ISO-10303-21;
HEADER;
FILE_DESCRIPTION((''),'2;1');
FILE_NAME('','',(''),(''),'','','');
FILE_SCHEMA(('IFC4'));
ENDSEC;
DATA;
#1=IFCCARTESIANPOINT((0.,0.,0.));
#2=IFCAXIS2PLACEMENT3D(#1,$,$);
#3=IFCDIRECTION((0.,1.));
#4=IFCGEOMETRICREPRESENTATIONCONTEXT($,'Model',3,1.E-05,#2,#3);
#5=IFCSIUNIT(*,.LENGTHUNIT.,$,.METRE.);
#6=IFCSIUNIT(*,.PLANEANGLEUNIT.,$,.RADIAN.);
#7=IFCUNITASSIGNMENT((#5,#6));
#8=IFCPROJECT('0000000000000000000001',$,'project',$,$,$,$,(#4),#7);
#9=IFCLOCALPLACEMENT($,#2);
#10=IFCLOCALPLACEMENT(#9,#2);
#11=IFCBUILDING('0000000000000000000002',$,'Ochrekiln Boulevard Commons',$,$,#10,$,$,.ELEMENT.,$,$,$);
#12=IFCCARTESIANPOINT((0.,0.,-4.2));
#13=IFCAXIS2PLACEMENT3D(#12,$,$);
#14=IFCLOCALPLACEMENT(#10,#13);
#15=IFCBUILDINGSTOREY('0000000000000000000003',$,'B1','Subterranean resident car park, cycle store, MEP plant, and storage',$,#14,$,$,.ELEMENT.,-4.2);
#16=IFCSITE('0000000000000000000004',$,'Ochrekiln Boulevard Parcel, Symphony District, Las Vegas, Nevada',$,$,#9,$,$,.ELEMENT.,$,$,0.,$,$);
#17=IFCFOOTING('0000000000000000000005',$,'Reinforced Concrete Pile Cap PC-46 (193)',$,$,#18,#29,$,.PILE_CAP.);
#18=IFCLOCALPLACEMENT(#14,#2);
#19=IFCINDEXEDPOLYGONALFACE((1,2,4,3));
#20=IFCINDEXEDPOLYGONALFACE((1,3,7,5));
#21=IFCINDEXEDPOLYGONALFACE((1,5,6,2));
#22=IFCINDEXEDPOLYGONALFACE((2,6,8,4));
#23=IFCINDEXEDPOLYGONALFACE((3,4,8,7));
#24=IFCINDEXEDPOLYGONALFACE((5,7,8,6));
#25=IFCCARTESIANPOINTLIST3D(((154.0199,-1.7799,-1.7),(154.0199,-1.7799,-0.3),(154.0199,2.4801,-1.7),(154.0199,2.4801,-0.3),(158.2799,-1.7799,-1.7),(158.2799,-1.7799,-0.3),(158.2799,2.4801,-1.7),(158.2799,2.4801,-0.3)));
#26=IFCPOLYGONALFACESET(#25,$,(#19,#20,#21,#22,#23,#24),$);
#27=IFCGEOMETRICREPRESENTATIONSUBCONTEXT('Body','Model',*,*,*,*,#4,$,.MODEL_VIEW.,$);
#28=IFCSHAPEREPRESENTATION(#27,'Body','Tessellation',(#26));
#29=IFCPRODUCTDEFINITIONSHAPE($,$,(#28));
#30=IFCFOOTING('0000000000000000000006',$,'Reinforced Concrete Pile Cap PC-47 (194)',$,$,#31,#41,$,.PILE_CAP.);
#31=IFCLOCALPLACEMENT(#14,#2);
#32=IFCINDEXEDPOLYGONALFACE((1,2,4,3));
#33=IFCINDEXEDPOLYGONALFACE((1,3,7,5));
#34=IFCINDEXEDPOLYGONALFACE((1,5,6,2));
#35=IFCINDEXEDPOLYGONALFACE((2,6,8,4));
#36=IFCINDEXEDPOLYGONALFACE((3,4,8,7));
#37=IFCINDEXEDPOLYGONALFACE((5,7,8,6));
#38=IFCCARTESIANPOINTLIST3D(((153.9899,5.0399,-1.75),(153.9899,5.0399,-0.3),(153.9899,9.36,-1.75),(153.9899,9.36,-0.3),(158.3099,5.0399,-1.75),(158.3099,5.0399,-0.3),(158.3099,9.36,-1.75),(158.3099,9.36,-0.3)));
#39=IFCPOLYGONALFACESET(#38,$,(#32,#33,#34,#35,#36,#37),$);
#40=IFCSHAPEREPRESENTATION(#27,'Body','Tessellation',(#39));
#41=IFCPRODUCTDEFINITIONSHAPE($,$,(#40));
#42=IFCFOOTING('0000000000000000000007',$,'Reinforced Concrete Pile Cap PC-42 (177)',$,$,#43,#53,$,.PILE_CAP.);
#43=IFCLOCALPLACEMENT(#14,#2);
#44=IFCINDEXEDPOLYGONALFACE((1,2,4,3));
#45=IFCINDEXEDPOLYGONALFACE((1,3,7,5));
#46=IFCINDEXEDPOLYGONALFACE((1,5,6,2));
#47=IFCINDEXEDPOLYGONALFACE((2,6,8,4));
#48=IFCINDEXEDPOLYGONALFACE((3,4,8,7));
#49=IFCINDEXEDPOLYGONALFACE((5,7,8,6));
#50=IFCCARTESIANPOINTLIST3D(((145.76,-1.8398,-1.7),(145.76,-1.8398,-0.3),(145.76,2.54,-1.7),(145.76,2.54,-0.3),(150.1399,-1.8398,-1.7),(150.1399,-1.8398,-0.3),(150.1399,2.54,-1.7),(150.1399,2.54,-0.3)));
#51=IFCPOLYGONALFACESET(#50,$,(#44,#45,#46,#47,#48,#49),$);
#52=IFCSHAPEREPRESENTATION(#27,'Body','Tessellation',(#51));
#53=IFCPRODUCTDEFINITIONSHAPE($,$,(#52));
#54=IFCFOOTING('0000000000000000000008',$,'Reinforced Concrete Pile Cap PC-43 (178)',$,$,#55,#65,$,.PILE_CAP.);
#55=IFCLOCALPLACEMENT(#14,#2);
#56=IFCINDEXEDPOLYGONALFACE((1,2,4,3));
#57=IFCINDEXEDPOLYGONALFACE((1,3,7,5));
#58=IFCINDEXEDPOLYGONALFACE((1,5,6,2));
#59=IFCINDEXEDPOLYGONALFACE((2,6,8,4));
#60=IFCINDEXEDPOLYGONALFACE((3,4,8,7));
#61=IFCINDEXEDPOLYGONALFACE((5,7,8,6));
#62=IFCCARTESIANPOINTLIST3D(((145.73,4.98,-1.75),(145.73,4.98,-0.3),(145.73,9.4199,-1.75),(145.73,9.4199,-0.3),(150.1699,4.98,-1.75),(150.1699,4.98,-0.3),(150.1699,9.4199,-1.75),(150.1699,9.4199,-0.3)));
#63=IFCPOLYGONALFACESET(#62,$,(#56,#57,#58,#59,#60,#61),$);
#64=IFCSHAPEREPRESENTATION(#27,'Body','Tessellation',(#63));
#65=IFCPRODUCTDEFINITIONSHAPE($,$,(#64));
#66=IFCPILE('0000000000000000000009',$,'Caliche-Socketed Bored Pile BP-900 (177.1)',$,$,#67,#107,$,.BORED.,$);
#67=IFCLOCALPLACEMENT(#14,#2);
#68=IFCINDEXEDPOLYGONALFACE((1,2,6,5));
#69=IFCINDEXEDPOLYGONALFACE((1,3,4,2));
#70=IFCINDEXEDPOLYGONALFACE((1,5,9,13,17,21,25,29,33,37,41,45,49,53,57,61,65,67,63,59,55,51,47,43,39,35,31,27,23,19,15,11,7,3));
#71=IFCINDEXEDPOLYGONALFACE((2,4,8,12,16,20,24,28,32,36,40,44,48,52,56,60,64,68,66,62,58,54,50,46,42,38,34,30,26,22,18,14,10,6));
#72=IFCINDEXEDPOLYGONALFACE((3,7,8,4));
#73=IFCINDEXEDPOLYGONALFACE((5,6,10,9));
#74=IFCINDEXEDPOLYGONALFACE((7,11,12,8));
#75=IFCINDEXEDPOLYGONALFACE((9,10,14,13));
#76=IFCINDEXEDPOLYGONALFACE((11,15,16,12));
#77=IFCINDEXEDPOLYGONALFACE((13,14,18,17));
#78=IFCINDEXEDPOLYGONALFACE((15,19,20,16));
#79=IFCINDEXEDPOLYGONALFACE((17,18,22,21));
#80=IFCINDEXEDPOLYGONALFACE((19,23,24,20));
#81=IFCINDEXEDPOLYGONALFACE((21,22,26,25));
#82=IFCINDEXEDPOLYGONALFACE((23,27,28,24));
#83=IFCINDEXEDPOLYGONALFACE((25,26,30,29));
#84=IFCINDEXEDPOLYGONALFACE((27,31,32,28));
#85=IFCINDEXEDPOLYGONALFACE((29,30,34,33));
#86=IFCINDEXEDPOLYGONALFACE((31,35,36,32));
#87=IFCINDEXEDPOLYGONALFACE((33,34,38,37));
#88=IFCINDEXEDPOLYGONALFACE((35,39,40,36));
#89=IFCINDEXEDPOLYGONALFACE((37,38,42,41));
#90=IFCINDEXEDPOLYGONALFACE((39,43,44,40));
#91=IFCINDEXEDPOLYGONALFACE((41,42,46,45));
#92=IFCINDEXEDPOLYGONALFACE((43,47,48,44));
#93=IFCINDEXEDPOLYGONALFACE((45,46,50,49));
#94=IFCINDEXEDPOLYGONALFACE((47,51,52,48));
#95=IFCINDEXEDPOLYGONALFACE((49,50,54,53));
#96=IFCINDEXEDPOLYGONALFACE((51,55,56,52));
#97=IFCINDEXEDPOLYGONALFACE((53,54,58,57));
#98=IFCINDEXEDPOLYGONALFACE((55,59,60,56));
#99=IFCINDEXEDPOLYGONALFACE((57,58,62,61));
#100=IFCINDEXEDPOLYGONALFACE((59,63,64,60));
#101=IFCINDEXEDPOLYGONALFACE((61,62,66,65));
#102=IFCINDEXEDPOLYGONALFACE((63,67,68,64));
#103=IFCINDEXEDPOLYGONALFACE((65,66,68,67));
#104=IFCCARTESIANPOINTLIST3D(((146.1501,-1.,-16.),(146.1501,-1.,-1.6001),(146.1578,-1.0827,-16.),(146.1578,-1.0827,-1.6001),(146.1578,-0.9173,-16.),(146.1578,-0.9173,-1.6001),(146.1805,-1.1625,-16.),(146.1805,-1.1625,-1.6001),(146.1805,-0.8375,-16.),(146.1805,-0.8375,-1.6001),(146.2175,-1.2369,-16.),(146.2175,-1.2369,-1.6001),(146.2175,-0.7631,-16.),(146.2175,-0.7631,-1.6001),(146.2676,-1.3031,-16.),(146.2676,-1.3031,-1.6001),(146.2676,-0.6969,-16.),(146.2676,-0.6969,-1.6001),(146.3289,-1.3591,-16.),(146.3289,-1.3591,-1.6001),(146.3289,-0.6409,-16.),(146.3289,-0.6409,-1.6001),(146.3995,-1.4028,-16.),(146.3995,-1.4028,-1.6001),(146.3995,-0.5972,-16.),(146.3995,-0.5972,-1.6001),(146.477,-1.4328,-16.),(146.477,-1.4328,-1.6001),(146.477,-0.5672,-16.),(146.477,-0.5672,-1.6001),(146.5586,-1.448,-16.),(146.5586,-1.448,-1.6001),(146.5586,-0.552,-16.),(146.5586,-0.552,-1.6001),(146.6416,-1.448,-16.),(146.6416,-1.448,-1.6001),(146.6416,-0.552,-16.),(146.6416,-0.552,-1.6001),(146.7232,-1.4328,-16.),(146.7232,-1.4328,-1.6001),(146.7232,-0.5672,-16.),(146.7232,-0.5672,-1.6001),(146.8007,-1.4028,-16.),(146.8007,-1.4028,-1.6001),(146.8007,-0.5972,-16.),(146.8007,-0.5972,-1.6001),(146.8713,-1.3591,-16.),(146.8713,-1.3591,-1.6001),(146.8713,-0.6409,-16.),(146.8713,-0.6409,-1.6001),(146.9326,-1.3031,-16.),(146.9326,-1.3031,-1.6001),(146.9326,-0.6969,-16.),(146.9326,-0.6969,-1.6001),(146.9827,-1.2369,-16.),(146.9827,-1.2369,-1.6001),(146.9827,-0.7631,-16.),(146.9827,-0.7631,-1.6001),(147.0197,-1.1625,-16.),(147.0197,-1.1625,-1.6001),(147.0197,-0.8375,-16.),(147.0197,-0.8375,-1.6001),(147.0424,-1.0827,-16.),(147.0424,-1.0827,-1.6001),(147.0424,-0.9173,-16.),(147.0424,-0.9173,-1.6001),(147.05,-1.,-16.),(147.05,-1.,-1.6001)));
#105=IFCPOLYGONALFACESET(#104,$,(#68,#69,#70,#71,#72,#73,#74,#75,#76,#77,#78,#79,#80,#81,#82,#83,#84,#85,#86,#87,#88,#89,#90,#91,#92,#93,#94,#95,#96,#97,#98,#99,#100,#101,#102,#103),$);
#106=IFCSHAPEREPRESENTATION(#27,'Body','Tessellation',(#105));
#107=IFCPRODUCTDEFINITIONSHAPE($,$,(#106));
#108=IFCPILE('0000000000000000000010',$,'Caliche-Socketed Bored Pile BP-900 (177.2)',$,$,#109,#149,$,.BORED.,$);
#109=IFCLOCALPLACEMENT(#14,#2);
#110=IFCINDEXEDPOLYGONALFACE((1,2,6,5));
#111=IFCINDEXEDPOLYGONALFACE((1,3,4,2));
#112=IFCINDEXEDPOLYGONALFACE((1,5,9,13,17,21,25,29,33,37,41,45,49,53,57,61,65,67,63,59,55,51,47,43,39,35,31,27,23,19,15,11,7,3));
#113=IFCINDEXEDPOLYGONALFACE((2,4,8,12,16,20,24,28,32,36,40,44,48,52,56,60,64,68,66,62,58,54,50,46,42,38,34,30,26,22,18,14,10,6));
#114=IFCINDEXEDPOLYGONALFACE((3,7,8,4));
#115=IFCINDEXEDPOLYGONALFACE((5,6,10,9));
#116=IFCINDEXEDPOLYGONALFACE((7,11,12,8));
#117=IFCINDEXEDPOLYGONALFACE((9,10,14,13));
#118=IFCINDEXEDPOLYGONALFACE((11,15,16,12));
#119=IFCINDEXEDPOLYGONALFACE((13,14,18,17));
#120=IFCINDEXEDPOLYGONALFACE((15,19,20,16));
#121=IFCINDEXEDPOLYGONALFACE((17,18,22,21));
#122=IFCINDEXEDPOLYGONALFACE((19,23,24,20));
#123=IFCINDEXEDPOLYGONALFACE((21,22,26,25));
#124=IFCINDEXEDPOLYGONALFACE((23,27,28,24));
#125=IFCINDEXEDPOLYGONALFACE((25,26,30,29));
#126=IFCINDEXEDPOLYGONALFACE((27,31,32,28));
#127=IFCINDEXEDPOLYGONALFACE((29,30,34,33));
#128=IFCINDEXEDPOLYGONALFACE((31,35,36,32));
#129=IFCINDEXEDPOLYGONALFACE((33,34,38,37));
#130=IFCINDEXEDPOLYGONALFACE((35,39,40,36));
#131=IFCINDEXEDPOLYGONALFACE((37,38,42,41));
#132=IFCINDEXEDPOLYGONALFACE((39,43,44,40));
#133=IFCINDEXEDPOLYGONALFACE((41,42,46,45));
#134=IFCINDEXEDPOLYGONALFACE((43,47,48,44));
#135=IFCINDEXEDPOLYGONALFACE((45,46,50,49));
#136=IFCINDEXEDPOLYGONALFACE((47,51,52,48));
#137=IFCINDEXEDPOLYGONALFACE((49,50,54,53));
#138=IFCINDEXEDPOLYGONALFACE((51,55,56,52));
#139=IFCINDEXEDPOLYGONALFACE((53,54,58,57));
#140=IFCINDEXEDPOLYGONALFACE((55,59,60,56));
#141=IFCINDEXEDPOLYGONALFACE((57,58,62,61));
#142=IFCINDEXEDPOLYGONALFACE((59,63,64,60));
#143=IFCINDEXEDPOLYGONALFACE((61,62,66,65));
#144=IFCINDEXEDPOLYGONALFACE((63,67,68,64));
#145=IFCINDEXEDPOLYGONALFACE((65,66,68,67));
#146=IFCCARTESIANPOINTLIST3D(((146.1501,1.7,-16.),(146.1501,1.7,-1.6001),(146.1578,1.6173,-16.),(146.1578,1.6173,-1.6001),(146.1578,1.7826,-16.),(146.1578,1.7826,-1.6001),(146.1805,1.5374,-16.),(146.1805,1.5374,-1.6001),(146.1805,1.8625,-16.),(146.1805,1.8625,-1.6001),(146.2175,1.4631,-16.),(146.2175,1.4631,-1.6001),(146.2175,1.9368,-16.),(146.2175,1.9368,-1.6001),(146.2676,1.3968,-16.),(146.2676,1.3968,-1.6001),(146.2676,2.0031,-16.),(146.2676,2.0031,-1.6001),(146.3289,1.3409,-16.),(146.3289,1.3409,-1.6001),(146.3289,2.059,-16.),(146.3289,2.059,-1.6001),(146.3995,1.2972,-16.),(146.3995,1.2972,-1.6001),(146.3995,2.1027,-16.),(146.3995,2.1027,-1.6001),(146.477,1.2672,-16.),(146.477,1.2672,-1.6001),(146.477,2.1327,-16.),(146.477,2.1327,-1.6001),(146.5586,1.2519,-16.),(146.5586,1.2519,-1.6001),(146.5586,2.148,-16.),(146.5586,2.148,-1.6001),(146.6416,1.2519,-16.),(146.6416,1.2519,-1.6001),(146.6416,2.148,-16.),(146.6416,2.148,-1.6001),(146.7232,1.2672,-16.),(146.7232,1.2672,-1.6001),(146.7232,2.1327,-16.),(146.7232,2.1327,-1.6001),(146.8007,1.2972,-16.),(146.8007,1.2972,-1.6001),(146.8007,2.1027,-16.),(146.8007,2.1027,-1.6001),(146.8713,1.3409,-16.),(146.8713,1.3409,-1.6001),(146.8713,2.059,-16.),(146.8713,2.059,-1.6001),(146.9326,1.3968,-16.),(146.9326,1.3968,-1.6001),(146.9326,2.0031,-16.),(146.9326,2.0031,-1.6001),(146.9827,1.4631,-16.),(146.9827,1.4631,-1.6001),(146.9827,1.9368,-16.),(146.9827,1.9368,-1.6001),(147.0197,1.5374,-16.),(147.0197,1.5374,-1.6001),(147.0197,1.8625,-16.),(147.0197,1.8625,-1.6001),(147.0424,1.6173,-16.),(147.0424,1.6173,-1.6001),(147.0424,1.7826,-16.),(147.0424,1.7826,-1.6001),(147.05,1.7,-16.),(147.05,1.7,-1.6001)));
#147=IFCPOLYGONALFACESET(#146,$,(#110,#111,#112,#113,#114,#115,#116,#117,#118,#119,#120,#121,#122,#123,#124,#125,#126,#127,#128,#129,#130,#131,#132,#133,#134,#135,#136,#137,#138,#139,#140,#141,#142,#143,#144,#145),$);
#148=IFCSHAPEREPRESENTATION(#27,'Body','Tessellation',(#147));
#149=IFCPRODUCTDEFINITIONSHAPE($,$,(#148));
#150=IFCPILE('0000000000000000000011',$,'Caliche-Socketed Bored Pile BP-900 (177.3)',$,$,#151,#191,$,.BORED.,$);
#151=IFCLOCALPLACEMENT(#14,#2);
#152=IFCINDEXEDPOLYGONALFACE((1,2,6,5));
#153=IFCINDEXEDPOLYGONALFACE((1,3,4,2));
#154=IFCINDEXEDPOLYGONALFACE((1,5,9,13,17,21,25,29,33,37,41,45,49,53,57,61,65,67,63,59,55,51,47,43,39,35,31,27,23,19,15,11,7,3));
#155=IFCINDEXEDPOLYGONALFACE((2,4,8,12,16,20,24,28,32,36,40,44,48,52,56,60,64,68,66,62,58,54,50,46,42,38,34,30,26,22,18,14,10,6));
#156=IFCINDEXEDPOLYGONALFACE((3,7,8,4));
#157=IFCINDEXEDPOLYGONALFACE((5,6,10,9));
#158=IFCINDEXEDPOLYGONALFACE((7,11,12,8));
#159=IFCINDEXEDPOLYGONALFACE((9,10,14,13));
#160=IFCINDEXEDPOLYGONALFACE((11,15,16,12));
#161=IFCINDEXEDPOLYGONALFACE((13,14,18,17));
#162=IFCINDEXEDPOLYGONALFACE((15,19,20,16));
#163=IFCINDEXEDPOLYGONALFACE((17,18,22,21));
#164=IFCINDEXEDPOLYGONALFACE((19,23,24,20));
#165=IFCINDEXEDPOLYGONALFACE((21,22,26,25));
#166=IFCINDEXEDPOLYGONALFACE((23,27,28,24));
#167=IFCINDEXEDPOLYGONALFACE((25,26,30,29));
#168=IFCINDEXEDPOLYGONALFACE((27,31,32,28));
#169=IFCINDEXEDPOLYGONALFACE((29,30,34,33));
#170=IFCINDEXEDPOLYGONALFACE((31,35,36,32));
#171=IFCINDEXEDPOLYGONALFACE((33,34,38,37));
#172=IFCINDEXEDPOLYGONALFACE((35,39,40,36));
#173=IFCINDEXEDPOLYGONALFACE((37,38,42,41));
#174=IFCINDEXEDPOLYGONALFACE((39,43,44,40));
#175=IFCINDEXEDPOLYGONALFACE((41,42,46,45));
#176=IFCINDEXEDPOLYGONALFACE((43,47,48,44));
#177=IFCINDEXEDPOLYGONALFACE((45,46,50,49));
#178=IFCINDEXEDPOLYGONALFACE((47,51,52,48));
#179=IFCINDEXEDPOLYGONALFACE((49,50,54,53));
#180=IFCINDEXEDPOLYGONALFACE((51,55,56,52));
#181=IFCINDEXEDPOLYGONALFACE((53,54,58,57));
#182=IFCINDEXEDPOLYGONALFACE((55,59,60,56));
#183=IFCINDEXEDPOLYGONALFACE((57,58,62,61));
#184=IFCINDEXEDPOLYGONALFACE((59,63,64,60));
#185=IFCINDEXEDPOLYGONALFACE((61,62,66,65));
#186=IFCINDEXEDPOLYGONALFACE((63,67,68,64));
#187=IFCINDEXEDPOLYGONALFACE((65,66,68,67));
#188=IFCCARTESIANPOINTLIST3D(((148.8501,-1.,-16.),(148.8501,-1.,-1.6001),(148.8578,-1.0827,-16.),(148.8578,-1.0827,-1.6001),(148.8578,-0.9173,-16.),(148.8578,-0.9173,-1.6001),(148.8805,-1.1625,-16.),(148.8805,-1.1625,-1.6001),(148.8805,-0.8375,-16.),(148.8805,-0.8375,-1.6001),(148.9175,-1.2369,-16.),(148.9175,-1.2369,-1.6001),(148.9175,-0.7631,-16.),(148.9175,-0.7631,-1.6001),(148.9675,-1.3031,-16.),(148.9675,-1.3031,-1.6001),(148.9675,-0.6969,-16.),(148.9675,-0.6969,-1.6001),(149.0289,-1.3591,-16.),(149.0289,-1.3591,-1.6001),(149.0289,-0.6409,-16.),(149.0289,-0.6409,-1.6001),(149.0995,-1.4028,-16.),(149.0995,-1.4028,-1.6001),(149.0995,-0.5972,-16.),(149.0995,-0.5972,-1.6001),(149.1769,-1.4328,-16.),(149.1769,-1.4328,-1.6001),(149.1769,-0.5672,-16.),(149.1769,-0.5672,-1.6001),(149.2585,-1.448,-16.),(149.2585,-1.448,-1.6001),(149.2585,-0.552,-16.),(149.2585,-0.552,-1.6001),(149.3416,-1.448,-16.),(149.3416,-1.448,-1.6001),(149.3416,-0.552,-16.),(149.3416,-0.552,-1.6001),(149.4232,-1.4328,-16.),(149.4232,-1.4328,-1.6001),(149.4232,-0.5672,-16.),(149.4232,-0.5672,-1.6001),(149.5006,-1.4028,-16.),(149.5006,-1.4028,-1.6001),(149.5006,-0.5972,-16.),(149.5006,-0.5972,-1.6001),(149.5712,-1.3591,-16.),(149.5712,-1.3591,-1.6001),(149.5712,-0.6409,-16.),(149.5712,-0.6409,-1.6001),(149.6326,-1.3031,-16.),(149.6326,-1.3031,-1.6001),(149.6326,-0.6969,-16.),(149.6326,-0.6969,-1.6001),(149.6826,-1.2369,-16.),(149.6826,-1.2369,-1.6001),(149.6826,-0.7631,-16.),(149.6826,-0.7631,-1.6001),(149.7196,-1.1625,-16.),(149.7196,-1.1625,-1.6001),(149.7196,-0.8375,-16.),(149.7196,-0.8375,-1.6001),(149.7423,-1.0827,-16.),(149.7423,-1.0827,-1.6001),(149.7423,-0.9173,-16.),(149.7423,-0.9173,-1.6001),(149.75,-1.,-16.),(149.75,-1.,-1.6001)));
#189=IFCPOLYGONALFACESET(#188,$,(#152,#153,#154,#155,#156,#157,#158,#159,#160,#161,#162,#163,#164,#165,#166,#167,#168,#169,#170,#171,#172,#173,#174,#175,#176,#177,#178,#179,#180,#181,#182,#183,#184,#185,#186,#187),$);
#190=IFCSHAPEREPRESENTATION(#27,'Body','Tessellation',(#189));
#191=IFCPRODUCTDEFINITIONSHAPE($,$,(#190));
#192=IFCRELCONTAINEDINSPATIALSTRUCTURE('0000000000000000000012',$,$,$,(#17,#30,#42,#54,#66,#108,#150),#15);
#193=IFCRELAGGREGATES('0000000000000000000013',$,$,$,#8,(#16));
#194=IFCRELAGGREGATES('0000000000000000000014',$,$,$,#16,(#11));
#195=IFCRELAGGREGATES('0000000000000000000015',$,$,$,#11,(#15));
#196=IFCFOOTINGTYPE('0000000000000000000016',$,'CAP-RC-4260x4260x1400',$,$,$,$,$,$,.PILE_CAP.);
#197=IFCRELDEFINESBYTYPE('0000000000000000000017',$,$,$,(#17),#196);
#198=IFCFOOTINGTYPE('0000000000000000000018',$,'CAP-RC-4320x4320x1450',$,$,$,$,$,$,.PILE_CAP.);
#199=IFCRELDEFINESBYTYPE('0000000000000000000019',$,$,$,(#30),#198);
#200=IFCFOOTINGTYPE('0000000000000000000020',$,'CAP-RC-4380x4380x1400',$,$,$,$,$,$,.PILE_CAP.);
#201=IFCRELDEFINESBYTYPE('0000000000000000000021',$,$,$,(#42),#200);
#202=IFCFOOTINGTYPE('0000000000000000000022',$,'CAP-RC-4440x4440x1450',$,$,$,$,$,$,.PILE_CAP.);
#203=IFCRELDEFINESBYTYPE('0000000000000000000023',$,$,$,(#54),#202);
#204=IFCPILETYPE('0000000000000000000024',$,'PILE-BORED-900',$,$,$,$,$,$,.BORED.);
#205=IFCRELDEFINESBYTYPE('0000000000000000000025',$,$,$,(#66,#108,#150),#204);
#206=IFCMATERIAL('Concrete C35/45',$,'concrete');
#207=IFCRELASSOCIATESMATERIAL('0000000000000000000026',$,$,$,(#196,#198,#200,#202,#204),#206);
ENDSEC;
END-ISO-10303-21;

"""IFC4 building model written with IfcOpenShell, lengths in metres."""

from ifc_helpers import new_model, si_unit, direction, frame, origin, origin_2d, place, context, subcontext, project, spatial, rectangle, circle, extrude, material, material_profile, profile_set, type_object, element, save


model = new_model("IFC4")

# Units and contexts
model_context = context("Model", 3, precision=1e-05, world=origin(), true_north=direction((0.0, 1.0)))
body_context = subcontext(model_context, "Body", "Model", "MODEL_VIEW")
ifc_project = project(units=[si_unit("LENGTHUNIT", "METRE"), si_unit("PLANEANGLEUNIT", "RADIAN")], contexts=[model_context])

# Site, building, storey
site_placement = place(None, origin())
site = spatial("IfcSite", under=ifc_project, at=site_placement, Name="Ochrekiln Boulevard Parcel, Symphony District, Las Vegas, Nevada", CompositionType="ELEMENT", RefElevation=0.0)
building_placement = place(site_placement, origin())
building = spatial("IfcBuilding", under=site, at=building_placement, Name="Ochrekiln Boulevard Commons", CompositionType="ELEMENT")
storey_placement = place(building_placement, frame((0.0, 0.0, -4.2)))
storey = spatial("IfcBuildingStorey", under=building, at=storey_placement, Name="B1", Description="Subterranean resident car park, cycle store, MEP plant, and storage", CompositionType="ELEMENT", Elevation=-4.2)

# Footings
ifc_material_1 = material(Name="Concrete C35/45", Category="concrete")
footing_type_1 = type_object("IfcFootingType", Name="CAP-RC-4260x4260x1400", PredefinedType="PILE_CAP", material=ifc_material_1)
footing_1_placement = place(storey_placement, frame((156.1499, 0.3501, -1.7), z_axis=(0.0, 0.0, 1.0), x_axis=(1.0, 0.0, 0.0)))
element("IfcFooting", 1, at=footing_1_placement, inside=storey, type_object=footing_type_1, Name="Reinforced Concrete Pile Cap PC-46 (193)", PredefinedType="PILE_CAP", context=body_context, shape_type="SweptSolid", body=[
    extrude(rectangle(XDim=4.26, YDim=4.26, at=origin_2d()), origin(), (0.0, 0.0, 1.0), 1.3999),
])
footing_type_2 = type_object("IfcFootingType", Name="CAP-RC-4320x4320x1450", PredefinedType="PILE_CAP", material=ifc_material_1)
footing_2_placement = place(storey_placement, frame((156.1499, 7.2, -1.75), z_axis=(0.0, 0.0, 1.0), x_axis=(1.0, 0.0, 0.0)))
element("IfcFooting", 2, at=footing_2_placement, inside=storey, type_object=footing_type_2, Name="Reinforced Concrete Pile Cap PC-47 (194)", PredefinedType="PILE_CAP", context=body_context, shape_type="SweptSolid", body=[
    extrude(rectangle(XDim=4.3201, YDim=4.3201, at=origin_2d()), origin(), (0.0, 0.0, 1.0), 1.45),
])
footing_type_3 = type_object("IfcFootingType", Name="CAP-RC-4380x4380x1400", PredefinedType="PILE_CAP", material=ifc_material_1)
footing_3_placement = place(storey_placement, frame((147.95, 0.3501, -1.7), z_axis=(0.0, 0.0, 1.0), x_axis=(1.0, 0.0, 0.0)))
element("IfcFooting", 3, at=footing_3_placement, inside=storey, type_object=footing_type_3, Name="Reinforced Concrete Pile Cap PC-42 (177)", PredefinedType="PILE_CAP", context=body_context, shape_type="SweptSolid", body=[
    extrude(rectangle(XDim=4.3799, YDim=4.3799, at=origin_2d()), origin(), (0.0, 0.0, 1.0), 1.3999),
])
footing_type_4 = type_object("IfcFootingType", Name="CAP-RC-4440x4440x1450", PredefinedType="PILE_CAP", material=ifc_material_1)
footing_4_placement = place(storey_placement, frame((147.95, 7.2, -1.75), z_axis=(0.0, 0.0, 1.0), x_axis=(1.0, 0.0, 0.0)))
element("IfcFooting", 4, at=footing_4_placement, inside=storey, type_object=footing_type_4, Name="Reinforced Concrete Pile Cap PC-43 (178)", PredefinedType="PILE_CAP", context=body_context, shape_type="SweptSolid", body=[
    extrude(rectangle(XDim=4.4399, YDim=4.4399, at=origin_2d()), origin(), (0.0, 0.0, 1.0), 1.45),
])

# Piles
ifc_material_profile_1 = material_profile(ifc_material_1, circle(Radius=0.45, at=origin_2d()), Name="PILE-D900")
ifc_profile_set_1 = profile_set([ifc_material_profile_1], Name="Concrete C35/45")
pile_type = type_object("IfcPileType", Name="PILE-BORED-900", PredefinedType="BORED", material=ifc_profile_set_1)
for number, where, z_axis, x_axis, name in (
    (5, (146.6001, -1.0, -1.6001), (0.0, 0.0, -1.0), (1.0, 0.0, 0.0), "Caliche-Socketed Bored Pile BP-900 (177.1)"),
    (6, (146.6001, 1.7, -1.6001), (0.0, 0.0, -1.0), (1.0, 0.0, 0.0), "Caliche-Socketed Bored Pile BP-900 (177.2)"),
    (7, (149.3, -1.0, -1.6001), (0.0, 0.0, -1.0), (1.0, 0.0, 0.0), "Caliche-Socketed Bored Pile BP-900 (177.3)"),
):
    element("IfcPile", number, at=place(storey_placement, frame(where, z_axis=z_axis, x_axis=x_axis)), inside=storey, type_object=pile_type, Name=name, PredefinedType="BORED", context=body_context, shape_type="SweptSolid", body=[
        extrude(circle(Radius=0.45, at=origin_2d()), origin(), (0.0, 0.0, 1.0), 14.3999),
    ])

save(model, "model.ifc")
